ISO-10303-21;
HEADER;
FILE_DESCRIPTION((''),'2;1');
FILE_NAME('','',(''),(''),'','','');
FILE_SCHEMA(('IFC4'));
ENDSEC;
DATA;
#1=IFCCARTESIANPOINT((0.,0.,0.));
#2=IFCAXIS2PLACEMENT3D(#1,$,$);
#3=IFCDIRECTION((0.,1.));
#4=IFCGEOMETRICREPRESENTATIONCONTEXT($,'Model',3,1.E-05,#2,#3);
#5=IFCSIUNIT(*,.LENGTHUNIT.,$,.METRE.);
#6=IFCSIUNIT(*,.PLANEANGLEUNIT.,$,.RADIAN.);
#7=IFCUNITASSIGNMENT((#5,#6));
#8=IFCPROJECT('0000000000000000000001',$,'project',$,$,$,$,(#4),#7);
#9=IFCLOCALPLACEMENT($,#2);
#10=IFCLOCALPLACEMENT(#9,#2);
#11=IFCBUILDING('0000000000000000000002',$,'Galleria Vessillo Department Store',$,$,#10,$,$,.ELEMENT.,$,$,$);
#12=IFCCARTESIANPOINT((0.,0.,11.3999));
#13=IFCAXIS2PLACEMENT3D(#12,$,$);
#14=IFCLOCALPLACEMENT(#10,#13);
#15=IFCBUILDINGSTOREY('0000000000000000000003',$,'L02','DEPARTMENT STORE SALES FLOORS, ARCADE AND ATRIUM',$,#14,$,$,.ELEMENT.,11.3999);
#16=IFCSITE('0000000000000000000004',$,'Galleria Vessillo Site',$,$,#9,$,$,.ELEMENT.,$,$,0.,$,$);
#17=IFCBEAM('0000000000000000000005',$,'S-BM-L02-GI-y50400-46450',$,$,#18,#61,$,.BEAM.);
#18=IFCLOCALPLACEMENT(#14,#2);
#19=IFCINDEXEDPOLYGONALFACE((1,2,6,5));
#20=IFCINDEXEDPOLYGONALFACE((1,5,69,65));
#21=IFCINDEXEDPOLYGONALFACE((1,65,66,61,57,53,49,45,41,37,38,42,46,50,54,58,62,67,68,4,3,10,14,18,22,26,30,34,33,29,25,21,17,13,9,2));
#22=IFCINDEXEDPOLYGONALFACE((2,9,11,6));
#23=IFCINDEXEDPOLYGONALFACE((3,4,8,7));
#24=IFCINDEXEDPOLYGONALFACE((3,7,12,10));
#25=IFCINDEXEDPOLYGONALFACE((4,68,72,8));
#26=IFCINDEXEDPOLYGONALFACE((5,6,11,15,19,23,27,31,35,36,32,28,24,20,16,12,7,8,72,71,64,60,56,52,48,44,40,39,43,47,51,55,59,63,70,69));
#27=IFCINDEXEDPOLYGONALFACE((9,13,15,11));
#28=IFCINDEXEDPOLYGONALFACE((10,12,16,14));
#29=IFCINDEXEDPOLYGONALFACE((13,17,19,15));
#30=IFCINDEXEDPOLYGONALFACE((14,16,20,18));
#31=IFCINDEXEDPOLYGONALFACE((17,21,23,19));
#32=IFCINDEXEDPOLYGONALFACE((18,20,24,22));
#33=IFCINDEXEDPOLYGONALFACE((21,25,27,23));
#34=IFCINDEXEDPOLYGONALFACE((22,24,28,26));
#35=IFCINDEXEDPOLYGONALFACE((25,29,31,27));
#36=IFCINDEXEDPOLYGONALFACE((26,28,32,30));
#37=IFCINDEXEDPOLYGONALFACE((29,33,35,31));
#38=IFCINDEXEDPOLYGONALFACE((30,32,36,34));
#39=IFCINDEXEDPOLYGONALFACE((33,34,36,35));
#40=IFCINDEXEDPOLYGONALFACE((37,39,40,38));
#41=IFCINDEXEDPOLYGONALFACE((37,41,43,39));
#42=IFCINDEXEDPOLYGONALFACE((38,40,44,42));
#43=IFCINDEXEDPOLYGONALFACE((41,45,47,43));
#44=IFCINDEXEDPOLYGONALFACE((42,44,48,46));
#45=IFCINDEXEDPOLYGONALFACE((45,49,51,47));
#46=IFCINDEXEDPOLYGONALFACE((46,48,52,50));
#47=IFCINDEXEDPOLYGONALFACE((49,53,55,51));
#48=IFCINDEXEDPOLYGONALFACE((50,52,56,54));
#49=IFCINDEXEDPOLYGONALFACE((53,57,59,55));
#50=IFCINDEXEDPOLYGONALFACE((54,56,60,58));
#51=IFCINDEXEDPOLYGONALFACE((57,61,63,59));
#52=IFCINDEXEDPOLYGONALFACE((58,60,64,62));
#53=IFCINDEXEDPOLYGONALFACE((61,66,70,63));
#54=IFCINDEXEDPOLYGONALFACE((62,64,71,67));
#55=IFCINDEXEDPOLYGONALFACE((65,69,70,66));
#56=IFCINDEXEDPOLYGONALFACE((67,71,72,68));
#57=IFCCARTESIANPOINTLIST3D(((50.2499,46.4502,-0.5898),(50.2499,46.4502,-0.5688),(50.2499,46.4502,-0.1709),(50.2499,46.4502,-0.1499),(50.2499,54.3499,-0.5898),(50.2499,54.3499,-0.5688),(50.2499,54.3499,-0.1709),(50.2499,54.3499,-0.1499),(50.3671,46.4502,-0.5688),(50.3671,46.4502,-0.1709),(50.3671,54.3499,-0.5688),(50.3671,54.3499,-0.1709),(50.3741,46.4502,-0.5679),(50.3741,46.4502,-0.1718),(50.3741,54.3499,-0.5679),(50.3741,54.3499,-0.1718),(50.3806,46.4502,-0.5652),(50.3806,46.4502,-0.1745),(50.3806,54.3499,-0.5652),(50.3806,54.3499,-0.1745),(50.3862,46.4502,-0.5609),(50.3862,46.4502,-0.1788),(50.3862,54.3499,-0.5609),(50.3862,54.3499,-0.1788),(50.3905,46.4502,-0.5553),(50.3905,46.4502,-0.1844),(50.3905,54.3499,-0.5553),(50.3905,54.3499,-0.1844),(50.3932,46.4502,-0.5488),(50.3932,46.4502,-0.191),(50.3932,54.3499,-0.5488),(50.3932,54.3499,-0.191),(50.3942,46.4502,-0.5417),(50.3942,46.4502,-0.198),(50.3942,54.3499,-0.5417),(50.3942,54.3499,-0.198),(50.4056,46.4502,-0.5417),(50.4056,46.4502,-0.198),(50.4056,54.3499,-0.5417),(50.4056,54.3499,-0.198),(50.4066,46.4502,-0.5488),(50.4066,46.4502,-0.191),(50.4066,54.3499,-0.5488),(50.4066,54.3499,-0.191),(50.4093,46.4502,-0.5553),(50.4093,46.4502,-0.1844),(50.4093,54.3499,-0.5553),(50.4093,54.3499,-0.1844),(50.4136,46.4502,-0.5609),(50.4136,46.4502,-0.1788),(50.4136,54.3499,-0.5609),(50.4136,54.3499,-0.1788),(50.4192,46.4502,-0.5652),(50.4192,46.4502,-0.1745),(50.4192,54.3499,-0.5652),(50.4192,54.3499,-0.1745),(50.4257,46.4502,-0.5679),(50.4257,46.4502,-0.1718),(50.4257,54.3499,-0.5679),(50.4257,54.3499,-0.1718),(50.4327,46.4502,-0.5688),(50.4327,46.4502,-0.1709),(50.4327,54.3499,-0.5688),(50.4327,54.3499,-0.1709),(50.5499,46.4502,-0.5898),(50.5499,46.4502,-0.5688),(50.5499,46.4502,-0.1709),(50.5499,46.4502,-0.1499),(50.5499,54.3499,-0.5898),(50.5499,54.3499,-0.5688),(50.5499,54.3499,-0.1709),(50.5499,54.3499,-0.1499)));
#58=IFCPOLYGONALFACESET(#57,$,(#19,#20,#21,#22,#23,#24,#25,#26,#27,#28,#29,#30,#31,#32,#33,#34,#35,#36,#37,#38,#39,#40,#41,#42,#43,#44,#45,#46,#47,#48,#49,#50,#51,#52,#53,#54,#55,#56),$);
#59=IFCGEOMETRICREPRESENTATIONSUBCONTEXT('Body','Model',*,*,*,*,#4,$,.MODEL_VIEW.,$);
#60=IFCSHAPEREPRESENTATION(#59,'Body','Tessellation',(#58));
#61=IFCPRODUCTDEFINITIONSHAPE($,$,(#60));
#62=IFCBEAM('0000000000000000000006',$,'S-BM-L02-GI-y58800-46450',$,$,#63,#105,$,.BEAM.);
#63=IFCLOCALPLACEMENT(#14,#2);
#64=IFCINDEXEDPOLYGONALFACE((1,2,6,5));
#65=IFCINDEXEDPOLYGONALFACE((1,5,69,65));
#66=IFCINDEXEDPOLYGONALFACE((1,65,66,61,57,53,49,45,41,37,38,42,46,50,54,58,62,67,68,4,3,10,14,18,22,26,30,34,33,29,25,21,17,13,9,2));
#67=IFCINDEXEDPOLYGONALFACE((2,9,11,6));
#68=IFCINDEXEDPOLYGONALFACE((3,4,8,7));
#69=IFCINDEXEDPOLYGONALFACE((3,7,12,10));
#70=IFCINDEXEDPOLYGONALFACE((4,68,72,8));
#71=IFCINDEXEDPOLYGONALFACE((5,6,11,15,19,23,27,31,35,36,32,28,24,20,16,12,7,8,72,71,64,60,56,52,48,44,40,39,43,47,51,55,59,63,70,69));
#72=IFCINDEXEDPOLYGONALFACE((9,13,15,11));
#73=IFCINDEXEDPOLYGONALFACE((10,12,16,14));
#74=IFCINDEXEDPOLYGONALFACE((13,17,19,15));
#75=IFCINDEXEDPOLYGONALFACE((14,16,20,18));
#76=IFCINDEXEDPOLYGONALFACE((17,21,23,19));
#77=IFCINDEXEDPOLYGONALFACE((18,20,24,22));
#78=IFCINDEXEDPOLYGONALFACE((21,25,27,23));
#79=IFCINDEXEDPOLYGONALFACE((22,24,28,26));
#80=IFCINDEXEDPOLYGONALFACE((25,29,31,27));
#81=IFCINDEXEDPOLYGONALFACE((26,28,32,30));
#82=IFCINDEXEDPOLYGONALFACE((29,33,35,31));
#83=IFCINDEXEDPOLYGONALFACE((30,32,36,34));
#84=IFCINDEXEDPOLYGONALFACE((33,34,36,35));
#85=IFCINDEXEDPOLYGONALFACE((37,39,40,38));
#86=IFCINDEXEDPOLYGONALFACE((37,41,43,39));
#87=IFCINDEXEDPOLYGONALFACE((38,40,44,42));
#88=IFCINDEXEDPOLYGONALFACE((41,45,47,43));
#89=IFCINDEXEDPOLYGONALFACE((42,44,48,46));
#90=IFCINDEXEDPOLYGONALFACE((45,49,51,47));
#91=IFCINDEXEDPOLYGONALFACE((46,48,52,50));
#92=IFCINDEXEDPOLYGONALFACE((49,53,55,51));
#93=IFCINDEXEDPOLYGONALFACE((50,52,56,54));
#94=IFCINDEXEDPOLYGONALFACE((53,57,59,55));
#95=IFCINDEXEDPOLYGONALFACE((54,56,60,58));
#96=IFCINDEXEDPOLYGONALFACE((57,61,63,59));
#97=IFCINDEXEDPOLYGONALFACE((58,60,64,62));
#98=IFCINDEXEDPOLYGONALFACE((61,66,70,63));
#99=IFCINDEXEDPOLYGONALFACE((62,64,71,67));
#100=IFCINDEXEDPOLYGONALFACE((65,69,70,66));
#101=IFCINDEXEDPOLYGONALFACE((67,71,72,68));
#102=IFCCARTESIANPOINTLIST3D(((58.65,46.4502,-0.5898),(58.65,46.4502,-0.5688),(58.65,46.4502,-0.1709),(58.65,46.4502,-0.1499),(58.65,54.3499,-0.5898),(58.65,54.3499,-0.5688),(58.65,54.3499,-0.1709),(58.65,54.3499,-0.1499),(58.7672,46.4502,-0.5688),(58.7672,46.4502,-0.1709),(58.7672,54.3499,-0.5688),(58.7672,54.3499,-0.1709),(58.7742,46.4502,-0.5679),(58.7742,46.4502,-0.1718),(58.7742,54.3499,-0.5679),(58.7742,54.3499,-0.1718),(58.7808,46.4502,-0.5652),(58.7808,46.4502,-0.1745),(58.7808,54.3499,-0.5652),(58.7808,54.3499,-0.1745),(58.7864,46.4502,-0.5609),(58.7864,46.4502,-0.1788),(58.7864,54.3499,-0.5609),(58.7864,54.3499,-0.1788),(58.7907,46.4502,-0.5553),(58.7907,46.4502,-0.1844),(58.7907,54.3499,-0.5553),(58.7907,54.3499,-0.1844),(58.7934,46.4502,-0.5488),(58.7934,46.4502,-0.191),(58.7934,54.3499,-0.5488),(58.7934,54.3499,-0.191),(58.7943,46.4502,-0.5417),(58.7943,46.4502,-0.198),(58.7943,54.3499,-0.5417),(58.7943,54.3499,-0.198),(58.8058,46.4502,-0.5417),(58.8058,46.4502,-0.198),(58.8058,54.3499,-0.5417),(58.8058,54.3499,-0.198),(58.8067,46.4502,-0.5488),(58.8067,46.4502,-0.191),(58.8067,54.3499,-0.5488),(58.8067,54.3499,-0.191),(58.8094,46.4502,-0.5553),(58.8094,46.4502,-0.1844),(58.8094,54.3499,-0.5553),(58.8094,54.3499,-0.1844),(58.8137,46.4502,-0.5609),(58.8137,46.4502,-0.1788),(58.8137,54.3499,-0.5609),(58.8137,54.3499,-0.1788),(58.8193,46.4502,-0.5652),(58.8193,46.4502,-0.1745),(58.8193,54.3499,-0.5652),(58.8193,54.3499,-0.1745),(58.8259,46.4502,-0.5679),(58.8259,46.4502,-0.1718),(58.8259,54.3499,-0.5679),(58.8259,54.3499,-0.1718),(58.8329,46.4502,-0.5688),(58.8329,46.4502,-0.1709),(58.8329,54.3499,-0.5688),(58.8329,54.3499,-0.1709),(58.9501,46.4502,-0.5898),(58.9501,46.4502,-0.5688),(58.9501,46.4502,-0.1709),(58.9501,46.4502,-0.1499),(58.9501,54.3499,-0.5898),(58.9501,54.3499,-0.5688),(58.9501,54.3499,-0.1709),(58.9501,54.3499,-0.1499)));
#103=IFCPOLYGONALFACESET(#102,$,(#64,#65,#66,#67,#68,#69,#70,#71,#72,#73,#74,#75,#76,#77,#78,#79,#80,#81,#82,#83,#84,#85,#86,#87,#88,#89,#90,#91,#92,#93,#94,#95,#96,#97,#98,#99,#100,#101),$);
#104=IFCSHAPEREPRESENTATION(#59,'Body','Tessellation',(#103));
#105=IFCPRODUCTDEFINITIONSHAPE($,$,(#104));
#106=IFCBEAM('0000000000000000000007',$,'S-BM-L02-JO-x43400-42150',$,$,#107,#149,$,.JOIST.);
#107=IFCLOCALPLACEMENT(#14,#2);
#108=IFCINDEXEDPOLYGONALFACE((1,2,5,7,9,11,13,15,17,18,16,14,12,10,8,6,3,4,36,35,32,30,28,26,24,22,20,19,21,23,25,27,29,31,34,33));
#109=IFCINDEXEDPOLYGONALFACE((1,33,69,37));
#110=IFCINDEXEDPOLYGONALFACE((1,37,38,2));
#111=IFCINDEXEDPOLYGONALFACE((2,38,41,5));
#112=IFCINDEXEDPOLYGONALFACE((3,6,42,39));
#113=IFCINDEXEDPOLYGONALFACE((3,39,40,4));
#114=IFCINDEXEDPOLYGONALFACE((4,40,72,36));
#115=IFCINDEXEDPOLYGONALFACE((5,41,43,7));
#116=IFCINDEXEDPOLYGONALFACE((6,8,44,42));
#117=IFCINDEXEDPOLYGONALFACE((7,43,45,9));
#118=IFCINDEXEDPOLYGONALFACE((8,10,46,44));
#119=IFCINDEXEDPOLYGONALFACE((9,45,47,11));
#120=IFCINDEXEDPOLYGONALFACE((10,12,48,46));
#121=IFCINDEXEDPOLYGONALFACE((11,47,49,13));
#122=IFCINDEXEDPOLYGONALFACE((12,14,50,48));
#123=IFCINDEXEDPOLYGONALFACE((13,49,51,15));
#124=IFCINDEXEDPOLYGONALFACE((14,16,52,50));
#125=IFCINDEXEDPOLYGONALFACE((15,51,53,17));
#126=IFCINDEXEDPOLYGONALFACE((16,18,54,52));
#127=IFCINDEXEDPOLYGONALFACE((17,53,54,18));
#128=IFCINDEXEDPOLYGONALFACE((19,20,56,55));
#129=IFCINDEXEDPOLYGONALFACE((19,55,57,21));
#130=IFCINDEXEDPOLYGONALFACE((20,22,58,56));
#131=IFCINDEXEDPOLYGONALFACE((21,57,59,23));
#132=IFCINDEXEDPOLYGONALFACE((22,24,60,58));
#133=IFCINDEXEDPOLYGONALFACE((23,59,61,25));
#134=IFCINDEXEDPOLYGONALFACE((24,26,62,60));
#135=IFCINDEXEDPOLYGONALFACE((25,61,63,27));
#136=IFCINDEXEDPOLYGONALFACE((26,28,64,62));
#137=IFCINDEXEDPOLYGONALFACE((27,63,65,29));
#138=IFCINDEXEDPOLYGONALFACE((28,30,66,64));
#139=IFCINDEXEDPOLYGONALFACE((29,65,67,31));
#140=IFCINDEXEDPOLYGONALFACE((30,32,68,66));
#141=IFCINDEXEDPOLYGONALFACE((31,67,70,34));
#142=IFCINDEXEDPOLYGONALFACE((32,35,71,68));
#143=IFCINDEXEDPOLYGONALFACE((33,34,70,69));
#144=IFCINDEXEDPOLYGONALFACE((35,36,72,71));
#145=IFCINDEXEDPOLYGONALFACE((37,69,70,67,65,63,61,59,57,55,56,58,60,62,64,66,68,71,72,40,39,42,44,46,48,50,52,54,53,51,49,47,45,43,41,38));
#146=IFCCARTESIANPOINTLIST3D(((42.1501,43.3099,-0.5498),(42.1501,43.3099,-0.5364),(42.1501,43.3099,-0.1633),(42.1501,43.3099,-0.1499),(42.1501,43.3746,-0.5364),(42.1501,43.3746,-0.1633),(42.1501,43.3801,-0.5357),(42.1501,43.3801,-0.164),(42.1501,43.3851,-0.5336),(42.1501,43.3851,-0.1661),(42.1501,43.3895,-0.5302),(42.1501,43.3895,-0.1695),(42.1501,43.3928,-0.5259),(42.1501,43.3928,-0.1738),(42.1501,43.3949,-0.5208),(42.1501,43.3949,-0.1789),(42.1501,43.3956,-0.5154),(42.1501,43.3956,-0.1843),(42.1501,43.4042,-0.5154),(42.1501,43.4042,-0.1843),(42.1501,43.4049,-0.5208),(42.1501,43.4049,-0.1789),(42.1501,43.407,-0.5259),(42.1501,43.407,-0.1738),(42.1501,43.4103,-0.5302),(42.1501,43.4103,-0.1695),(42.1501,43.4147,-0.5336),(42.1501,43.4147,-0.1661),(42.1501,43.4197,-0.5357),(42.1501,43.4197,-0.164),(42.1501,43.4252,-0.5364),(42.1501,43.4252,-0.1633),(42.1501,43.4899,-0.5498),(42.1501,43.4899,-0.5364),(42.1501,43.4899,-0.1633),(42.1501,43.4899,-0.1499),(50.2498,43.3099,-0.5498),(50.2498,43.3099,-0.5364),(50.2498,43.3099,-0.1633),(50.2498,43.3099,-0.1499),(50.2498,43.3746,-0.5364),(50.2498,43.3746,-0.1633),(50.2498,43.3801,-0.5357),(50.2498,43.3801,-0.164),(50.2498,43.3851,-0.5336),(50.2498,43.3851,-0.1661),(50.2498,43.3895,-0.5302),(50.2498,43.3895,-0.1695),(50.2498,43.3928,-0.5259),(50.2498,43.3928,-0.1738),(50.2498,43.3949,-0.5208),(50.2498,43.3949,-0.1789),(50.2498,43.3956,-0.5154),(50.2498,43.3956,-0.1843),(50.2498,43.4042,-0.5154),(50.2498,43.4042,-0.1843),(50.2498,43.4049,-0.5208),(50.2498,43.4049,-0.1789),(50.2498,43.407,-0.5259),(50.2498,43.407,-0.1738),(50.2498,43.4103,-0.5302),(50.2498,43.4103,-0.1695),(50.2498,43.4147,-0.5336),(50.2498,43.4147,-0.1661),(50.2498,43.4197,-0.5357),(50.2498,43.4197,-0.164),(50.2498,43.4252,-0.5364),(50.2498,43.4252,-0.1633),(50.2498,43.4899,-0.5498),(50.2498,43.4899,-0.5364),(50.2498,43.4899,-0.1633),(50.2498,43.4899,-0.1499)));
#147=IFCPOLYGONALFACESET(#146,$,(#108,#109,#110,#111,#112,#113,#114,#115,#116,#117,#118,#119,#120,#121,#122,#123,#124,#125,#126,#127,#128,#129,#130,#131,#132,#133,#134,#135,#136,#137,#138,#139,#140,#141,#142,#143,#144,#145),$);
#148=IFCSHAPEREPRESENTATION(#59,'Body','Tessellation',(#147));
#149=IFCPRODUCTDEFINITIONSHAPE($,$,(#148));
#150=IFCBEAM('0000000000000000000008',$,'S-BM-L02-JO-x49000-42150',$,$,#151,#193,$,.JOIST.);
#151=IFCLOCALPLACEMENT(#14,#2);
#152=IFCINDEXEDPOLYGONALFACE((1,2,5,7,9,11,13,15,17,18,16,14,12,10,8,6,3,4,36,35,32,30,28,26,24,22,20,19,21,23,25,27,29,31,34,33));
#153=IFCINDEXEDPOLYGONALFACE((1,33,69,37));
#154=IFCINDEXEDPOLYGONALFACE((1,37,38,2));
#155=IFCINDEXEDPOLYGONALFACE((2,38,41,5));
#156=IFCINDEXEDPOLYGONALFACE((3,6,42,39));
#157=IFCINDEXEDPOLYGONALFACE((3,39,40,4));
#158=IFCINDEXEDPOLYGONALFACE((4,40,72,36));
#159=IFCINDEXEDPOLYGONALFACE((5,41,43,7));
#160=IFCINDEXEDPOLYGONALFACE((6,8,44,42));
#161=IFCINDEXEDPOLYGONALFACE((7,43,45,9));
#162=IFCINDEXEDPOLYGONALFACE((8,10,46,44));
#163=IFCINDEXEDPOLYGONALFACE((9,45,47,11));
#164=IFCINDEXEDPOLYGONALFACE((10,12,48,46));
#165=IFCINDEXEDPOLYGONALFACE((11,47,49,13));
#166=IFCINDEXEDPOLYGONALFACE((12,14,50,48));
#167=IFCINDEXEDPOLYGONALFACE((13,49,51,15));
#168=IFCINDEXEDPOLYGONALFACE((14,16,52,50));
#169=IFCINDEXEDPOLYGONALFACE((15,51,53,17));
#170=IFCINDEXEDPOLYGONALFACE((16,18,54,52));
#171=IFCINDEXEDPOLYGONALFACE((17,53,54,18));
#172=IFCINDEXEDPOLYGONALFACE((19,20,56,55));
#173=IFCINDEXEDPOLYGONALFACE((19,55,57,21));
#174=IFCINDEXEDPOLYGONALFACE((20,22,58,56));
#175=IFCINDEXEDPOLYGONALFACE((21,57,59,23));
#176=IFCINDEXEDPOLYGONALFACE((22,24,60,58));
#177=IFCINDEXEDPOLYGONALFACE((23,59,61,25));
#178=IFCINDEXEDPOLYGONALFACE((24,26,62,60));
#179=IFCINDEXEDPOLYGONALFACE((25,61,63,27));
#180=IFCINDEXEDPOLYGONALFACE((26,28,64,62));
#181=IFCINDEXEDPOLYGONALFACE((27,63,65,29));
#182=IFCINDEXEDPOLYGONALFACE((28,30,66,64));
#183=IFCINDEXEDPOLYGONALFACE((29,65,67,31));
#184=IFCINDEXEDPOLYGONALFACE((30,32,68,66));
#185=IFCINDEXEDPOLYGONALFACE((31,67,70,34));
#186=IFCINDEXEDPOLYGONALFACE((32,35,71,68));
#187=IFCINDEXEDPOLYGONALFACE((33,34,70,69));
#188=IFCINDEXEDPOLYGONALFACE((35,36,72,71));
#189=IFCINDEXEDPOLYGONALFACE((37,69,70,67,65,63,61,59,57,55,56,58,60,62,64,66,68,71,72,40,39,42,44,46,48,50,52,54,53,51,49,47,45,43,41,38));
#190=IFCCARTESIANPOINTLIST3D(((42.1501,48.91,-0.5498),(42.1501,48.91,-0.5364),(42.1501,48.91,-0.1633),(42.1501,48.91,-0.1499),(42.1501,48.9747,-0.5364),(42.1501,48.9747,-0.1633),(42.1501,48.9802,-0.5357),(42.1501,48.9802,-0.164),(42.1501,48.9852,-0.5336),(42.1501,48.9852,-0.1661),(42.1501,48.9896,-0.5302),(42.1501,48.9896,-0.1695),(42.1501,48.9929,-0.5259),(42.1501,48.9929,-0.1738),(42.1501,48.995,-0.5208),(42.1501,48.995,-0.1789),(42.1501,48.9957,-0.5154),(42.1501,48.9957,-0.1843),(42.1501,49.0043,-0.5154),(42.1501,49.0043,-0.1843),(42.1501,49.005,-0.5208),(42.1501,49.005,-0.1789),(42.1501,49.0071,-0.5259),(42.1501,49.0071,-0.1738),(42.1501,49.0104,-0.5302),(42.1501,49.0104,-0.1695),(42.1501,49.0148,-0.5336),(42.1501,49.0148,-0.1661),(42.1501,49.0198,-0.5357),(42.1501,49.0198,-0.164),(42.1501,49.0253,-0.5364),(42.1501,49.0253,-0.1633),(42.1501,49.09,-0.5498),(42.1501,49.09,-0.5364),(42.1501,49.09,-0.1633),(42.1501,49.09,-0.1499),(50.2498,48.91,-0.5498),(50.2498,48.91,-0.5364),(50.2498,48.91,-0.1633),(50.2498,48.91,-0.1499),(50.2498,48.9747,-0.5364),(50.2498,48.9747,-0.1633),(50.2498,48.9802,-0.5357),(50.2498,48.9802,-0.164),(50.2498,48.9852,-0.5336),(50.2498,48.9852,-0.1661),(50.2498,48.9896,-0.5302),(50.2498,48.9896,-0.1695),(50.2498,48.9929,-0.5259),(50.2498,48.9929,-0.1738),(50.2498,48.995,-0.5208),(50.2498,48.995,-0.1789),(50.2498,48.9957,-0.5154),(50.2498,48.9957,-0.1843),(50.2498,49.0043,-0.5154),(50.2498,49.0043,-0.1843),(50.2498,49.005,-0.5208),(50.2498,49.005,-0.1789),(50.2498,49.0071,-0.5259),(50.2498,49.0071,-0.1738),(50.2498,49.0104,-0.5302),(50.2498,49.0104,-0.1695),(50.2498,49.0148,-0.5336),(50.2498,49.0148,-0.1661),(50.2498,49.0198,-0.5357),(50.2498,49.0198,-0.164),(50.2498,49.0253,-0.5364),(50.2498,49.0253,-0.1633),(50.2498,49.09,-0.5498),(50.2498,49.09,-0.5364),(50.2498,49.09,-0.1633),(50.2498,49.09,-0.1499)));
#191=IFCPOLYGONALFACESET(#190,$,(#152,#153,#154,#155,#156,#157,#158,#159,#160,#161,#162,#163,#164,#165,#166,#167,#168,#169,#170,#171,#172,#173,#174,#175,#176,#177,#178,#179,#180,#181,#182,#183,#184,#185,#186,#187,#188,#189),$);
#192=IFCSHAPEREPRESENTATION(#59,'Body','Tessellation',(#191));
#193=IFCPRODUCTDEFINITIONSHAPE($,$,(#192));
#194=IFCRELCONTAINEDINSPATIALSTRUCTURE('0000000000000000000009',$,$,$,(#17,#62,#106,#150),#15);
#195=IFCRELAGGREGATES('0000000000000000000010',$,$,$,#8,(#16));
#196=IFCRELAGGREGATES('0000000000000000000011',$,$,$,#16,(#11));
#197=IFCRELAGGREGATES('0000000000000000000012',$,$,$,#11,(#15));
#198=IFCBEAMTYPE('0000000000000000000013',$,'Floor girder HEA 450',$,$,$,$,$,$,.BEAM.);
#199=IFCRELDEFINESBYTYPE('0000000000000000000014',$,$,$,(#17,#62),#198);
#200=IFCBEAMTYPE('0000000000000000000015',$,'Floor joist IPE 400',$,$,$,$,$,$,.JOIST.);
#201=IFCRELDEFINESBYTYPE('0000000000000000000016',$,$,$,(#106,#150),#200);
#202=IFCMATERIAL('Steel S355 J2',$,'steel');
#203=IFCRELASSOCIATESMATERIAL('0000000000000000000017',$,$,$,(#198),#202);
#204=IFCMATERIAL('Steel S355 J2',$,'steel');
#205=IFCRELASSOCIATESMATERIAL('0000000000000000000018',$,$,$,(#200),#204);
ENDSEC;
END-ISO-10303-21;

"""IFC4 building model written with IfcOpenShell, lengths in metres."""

from ifc_helpers import new_model, si_unit, direction, frame, origin, origin_2d, place, context, subcontext, project, spatial, i_section, extrude, material, material_profile, profile_set, type_object, element, save


model = new_model("IFC4")

# Units and contexts
model_context = context("Model", 3, precision=1e-05, world=origin(), true_north=direction((0.0, 1.0)))
body_context = subcontext(model_context, "Body", "Model", "MODEL_VIEW")
ifc_project = project(units=[si_unit("LENGTHUNIT", "METRE"), si_unit("PLANEANGLEUNIT", "RADIAN")], contexts=[model_context])

# Site, building, storey
site_placement = place(None, origin())
site = spatial("IfcSite", under=ifc_project, at=site_placement, Name="Galleria Vessillo Site", CompositionType="ELEMENT", RefElevation=0.0)
building_placement = place(site_placement, origin())
building = spatial("IfcBuilding", under=site, at=building_placement, Name="Galleria Vessillo Department Store", CompositionType="ELEMENT")
storey_placement = place(building_placement, frame((0.0, 0.0, 11.3999)))
storey = spatial("IfcBuildingStorey", under=building, at=storey_placement, Name="L02", Description="DEPARTMENT STORE SALES FLOORS, ARCADE AND ATRIUM", CompositionType="ELEMENT", Elevation=11.3999)

# Beams
ifc_material_1 = material(Name="Steel S355 J2", Category="steel")
ifc_material_profile_1 = material_profile(ifc_material_1, i_section(OverallWidth=0.3, OverallDepth=0.4399, WebThickness=0.0115, FlangeThickness=0.021, FilletRadius=0.0271, at=origin_2d()), Name="HEA 450")
ifc_profile_set_1 = profile_set([ifc_material_profile_1], Name="Steel S355 J2")
beam_type_1 = type_object("IfcBeamType", Name="Floor girder HEA 450", PredefinedType="BEAM", material=ifc_profile_set_1)
for number, where, z_axis, x_axis, name in (
    (1, (50.3999, 46.4502, -0.3699), (0.0, 1.0, 0.0), (-1.0, 0.0, 0.0), "S-BM-L02-GI-y50400-46450"),
    (2, (58.8, 46.4502, -0.3699), (0.0, 1.0, 0.0), (-1.0, 0.0, 0.0), "S-BM-L02-GI-y58800-46450"),
):
    element("IfcBeam", number, at=place(storey_placement, frame(where, z_axis=z_axis, x_axis=x_axis)), inside=storey, type_object=beam_type_1, Name=name, PredefinedType="BEAM", context=body_context, shape_type="SweptSolid", body=[
        extrude(i_section(OverallWidth=0.3, OverallDepth=0.4399, WebThickness=0.0115, FlangeThickness=0.021, FilletRadius=0.0271, at=origin_2d()), origin(), (0.0, 0.0, 1.0), 7.8997),
    ])
ifc_material_2 = material(Name="Steel S355 J2", Category="steel")
ifc_material_profile_2 = material_profile(ifc_material_2, i_section(OverallWidth=0.1799, OverallDepth=0.3999, WebThickness=0.0085, FlangeThickness=0.0134, FilletRadius=0.021, at=origin_2d()), Name="IPE 400")
ifc_profile_set_2 = profile_set([ifc_material_profile_2], Name="Steel S355 J2")
beam_type_2 = type_object("IfcBeamType", Name="Floor joist IPE 400", PredefinedType="JOIST", material=ifc_profile_set_2)
for number, where, z_axis, x_axis, name in (
    (3, (42.1501, 43.3999, -0.3499), (1.0, 0.0, 0.0), (0.0, 1.0, 0.0), "S-BM-L02-JO-x43400-42150"),
    (4, (42.1501, 49.0, -0.3499), (1.0, 0.0, 0.0), (0.0, 1.0, 0.0), "S-BM-L02-JO-x49000-42150"),
):
    element("IfcBeam", number, at=place(storey_placement, frame(where, z_axis=z_axis, x_axis=x_axis)), inside=storey, type_object=beam_type_2, Name=name, PredefinedType="JOIST", context=body_context, shape_type="SweptSolid", body=[
        extrude(i_section(OverallWidth=0.1799, OverallDepth=0.3999, WebThickness=0.0085, FlangeThickness=0.0134, FilletRadius=0.021, at=origin_2d()), origin(), (0.0, 0.0, 1.0), 8.0996),
    ])

save(model, "model.ifc")
